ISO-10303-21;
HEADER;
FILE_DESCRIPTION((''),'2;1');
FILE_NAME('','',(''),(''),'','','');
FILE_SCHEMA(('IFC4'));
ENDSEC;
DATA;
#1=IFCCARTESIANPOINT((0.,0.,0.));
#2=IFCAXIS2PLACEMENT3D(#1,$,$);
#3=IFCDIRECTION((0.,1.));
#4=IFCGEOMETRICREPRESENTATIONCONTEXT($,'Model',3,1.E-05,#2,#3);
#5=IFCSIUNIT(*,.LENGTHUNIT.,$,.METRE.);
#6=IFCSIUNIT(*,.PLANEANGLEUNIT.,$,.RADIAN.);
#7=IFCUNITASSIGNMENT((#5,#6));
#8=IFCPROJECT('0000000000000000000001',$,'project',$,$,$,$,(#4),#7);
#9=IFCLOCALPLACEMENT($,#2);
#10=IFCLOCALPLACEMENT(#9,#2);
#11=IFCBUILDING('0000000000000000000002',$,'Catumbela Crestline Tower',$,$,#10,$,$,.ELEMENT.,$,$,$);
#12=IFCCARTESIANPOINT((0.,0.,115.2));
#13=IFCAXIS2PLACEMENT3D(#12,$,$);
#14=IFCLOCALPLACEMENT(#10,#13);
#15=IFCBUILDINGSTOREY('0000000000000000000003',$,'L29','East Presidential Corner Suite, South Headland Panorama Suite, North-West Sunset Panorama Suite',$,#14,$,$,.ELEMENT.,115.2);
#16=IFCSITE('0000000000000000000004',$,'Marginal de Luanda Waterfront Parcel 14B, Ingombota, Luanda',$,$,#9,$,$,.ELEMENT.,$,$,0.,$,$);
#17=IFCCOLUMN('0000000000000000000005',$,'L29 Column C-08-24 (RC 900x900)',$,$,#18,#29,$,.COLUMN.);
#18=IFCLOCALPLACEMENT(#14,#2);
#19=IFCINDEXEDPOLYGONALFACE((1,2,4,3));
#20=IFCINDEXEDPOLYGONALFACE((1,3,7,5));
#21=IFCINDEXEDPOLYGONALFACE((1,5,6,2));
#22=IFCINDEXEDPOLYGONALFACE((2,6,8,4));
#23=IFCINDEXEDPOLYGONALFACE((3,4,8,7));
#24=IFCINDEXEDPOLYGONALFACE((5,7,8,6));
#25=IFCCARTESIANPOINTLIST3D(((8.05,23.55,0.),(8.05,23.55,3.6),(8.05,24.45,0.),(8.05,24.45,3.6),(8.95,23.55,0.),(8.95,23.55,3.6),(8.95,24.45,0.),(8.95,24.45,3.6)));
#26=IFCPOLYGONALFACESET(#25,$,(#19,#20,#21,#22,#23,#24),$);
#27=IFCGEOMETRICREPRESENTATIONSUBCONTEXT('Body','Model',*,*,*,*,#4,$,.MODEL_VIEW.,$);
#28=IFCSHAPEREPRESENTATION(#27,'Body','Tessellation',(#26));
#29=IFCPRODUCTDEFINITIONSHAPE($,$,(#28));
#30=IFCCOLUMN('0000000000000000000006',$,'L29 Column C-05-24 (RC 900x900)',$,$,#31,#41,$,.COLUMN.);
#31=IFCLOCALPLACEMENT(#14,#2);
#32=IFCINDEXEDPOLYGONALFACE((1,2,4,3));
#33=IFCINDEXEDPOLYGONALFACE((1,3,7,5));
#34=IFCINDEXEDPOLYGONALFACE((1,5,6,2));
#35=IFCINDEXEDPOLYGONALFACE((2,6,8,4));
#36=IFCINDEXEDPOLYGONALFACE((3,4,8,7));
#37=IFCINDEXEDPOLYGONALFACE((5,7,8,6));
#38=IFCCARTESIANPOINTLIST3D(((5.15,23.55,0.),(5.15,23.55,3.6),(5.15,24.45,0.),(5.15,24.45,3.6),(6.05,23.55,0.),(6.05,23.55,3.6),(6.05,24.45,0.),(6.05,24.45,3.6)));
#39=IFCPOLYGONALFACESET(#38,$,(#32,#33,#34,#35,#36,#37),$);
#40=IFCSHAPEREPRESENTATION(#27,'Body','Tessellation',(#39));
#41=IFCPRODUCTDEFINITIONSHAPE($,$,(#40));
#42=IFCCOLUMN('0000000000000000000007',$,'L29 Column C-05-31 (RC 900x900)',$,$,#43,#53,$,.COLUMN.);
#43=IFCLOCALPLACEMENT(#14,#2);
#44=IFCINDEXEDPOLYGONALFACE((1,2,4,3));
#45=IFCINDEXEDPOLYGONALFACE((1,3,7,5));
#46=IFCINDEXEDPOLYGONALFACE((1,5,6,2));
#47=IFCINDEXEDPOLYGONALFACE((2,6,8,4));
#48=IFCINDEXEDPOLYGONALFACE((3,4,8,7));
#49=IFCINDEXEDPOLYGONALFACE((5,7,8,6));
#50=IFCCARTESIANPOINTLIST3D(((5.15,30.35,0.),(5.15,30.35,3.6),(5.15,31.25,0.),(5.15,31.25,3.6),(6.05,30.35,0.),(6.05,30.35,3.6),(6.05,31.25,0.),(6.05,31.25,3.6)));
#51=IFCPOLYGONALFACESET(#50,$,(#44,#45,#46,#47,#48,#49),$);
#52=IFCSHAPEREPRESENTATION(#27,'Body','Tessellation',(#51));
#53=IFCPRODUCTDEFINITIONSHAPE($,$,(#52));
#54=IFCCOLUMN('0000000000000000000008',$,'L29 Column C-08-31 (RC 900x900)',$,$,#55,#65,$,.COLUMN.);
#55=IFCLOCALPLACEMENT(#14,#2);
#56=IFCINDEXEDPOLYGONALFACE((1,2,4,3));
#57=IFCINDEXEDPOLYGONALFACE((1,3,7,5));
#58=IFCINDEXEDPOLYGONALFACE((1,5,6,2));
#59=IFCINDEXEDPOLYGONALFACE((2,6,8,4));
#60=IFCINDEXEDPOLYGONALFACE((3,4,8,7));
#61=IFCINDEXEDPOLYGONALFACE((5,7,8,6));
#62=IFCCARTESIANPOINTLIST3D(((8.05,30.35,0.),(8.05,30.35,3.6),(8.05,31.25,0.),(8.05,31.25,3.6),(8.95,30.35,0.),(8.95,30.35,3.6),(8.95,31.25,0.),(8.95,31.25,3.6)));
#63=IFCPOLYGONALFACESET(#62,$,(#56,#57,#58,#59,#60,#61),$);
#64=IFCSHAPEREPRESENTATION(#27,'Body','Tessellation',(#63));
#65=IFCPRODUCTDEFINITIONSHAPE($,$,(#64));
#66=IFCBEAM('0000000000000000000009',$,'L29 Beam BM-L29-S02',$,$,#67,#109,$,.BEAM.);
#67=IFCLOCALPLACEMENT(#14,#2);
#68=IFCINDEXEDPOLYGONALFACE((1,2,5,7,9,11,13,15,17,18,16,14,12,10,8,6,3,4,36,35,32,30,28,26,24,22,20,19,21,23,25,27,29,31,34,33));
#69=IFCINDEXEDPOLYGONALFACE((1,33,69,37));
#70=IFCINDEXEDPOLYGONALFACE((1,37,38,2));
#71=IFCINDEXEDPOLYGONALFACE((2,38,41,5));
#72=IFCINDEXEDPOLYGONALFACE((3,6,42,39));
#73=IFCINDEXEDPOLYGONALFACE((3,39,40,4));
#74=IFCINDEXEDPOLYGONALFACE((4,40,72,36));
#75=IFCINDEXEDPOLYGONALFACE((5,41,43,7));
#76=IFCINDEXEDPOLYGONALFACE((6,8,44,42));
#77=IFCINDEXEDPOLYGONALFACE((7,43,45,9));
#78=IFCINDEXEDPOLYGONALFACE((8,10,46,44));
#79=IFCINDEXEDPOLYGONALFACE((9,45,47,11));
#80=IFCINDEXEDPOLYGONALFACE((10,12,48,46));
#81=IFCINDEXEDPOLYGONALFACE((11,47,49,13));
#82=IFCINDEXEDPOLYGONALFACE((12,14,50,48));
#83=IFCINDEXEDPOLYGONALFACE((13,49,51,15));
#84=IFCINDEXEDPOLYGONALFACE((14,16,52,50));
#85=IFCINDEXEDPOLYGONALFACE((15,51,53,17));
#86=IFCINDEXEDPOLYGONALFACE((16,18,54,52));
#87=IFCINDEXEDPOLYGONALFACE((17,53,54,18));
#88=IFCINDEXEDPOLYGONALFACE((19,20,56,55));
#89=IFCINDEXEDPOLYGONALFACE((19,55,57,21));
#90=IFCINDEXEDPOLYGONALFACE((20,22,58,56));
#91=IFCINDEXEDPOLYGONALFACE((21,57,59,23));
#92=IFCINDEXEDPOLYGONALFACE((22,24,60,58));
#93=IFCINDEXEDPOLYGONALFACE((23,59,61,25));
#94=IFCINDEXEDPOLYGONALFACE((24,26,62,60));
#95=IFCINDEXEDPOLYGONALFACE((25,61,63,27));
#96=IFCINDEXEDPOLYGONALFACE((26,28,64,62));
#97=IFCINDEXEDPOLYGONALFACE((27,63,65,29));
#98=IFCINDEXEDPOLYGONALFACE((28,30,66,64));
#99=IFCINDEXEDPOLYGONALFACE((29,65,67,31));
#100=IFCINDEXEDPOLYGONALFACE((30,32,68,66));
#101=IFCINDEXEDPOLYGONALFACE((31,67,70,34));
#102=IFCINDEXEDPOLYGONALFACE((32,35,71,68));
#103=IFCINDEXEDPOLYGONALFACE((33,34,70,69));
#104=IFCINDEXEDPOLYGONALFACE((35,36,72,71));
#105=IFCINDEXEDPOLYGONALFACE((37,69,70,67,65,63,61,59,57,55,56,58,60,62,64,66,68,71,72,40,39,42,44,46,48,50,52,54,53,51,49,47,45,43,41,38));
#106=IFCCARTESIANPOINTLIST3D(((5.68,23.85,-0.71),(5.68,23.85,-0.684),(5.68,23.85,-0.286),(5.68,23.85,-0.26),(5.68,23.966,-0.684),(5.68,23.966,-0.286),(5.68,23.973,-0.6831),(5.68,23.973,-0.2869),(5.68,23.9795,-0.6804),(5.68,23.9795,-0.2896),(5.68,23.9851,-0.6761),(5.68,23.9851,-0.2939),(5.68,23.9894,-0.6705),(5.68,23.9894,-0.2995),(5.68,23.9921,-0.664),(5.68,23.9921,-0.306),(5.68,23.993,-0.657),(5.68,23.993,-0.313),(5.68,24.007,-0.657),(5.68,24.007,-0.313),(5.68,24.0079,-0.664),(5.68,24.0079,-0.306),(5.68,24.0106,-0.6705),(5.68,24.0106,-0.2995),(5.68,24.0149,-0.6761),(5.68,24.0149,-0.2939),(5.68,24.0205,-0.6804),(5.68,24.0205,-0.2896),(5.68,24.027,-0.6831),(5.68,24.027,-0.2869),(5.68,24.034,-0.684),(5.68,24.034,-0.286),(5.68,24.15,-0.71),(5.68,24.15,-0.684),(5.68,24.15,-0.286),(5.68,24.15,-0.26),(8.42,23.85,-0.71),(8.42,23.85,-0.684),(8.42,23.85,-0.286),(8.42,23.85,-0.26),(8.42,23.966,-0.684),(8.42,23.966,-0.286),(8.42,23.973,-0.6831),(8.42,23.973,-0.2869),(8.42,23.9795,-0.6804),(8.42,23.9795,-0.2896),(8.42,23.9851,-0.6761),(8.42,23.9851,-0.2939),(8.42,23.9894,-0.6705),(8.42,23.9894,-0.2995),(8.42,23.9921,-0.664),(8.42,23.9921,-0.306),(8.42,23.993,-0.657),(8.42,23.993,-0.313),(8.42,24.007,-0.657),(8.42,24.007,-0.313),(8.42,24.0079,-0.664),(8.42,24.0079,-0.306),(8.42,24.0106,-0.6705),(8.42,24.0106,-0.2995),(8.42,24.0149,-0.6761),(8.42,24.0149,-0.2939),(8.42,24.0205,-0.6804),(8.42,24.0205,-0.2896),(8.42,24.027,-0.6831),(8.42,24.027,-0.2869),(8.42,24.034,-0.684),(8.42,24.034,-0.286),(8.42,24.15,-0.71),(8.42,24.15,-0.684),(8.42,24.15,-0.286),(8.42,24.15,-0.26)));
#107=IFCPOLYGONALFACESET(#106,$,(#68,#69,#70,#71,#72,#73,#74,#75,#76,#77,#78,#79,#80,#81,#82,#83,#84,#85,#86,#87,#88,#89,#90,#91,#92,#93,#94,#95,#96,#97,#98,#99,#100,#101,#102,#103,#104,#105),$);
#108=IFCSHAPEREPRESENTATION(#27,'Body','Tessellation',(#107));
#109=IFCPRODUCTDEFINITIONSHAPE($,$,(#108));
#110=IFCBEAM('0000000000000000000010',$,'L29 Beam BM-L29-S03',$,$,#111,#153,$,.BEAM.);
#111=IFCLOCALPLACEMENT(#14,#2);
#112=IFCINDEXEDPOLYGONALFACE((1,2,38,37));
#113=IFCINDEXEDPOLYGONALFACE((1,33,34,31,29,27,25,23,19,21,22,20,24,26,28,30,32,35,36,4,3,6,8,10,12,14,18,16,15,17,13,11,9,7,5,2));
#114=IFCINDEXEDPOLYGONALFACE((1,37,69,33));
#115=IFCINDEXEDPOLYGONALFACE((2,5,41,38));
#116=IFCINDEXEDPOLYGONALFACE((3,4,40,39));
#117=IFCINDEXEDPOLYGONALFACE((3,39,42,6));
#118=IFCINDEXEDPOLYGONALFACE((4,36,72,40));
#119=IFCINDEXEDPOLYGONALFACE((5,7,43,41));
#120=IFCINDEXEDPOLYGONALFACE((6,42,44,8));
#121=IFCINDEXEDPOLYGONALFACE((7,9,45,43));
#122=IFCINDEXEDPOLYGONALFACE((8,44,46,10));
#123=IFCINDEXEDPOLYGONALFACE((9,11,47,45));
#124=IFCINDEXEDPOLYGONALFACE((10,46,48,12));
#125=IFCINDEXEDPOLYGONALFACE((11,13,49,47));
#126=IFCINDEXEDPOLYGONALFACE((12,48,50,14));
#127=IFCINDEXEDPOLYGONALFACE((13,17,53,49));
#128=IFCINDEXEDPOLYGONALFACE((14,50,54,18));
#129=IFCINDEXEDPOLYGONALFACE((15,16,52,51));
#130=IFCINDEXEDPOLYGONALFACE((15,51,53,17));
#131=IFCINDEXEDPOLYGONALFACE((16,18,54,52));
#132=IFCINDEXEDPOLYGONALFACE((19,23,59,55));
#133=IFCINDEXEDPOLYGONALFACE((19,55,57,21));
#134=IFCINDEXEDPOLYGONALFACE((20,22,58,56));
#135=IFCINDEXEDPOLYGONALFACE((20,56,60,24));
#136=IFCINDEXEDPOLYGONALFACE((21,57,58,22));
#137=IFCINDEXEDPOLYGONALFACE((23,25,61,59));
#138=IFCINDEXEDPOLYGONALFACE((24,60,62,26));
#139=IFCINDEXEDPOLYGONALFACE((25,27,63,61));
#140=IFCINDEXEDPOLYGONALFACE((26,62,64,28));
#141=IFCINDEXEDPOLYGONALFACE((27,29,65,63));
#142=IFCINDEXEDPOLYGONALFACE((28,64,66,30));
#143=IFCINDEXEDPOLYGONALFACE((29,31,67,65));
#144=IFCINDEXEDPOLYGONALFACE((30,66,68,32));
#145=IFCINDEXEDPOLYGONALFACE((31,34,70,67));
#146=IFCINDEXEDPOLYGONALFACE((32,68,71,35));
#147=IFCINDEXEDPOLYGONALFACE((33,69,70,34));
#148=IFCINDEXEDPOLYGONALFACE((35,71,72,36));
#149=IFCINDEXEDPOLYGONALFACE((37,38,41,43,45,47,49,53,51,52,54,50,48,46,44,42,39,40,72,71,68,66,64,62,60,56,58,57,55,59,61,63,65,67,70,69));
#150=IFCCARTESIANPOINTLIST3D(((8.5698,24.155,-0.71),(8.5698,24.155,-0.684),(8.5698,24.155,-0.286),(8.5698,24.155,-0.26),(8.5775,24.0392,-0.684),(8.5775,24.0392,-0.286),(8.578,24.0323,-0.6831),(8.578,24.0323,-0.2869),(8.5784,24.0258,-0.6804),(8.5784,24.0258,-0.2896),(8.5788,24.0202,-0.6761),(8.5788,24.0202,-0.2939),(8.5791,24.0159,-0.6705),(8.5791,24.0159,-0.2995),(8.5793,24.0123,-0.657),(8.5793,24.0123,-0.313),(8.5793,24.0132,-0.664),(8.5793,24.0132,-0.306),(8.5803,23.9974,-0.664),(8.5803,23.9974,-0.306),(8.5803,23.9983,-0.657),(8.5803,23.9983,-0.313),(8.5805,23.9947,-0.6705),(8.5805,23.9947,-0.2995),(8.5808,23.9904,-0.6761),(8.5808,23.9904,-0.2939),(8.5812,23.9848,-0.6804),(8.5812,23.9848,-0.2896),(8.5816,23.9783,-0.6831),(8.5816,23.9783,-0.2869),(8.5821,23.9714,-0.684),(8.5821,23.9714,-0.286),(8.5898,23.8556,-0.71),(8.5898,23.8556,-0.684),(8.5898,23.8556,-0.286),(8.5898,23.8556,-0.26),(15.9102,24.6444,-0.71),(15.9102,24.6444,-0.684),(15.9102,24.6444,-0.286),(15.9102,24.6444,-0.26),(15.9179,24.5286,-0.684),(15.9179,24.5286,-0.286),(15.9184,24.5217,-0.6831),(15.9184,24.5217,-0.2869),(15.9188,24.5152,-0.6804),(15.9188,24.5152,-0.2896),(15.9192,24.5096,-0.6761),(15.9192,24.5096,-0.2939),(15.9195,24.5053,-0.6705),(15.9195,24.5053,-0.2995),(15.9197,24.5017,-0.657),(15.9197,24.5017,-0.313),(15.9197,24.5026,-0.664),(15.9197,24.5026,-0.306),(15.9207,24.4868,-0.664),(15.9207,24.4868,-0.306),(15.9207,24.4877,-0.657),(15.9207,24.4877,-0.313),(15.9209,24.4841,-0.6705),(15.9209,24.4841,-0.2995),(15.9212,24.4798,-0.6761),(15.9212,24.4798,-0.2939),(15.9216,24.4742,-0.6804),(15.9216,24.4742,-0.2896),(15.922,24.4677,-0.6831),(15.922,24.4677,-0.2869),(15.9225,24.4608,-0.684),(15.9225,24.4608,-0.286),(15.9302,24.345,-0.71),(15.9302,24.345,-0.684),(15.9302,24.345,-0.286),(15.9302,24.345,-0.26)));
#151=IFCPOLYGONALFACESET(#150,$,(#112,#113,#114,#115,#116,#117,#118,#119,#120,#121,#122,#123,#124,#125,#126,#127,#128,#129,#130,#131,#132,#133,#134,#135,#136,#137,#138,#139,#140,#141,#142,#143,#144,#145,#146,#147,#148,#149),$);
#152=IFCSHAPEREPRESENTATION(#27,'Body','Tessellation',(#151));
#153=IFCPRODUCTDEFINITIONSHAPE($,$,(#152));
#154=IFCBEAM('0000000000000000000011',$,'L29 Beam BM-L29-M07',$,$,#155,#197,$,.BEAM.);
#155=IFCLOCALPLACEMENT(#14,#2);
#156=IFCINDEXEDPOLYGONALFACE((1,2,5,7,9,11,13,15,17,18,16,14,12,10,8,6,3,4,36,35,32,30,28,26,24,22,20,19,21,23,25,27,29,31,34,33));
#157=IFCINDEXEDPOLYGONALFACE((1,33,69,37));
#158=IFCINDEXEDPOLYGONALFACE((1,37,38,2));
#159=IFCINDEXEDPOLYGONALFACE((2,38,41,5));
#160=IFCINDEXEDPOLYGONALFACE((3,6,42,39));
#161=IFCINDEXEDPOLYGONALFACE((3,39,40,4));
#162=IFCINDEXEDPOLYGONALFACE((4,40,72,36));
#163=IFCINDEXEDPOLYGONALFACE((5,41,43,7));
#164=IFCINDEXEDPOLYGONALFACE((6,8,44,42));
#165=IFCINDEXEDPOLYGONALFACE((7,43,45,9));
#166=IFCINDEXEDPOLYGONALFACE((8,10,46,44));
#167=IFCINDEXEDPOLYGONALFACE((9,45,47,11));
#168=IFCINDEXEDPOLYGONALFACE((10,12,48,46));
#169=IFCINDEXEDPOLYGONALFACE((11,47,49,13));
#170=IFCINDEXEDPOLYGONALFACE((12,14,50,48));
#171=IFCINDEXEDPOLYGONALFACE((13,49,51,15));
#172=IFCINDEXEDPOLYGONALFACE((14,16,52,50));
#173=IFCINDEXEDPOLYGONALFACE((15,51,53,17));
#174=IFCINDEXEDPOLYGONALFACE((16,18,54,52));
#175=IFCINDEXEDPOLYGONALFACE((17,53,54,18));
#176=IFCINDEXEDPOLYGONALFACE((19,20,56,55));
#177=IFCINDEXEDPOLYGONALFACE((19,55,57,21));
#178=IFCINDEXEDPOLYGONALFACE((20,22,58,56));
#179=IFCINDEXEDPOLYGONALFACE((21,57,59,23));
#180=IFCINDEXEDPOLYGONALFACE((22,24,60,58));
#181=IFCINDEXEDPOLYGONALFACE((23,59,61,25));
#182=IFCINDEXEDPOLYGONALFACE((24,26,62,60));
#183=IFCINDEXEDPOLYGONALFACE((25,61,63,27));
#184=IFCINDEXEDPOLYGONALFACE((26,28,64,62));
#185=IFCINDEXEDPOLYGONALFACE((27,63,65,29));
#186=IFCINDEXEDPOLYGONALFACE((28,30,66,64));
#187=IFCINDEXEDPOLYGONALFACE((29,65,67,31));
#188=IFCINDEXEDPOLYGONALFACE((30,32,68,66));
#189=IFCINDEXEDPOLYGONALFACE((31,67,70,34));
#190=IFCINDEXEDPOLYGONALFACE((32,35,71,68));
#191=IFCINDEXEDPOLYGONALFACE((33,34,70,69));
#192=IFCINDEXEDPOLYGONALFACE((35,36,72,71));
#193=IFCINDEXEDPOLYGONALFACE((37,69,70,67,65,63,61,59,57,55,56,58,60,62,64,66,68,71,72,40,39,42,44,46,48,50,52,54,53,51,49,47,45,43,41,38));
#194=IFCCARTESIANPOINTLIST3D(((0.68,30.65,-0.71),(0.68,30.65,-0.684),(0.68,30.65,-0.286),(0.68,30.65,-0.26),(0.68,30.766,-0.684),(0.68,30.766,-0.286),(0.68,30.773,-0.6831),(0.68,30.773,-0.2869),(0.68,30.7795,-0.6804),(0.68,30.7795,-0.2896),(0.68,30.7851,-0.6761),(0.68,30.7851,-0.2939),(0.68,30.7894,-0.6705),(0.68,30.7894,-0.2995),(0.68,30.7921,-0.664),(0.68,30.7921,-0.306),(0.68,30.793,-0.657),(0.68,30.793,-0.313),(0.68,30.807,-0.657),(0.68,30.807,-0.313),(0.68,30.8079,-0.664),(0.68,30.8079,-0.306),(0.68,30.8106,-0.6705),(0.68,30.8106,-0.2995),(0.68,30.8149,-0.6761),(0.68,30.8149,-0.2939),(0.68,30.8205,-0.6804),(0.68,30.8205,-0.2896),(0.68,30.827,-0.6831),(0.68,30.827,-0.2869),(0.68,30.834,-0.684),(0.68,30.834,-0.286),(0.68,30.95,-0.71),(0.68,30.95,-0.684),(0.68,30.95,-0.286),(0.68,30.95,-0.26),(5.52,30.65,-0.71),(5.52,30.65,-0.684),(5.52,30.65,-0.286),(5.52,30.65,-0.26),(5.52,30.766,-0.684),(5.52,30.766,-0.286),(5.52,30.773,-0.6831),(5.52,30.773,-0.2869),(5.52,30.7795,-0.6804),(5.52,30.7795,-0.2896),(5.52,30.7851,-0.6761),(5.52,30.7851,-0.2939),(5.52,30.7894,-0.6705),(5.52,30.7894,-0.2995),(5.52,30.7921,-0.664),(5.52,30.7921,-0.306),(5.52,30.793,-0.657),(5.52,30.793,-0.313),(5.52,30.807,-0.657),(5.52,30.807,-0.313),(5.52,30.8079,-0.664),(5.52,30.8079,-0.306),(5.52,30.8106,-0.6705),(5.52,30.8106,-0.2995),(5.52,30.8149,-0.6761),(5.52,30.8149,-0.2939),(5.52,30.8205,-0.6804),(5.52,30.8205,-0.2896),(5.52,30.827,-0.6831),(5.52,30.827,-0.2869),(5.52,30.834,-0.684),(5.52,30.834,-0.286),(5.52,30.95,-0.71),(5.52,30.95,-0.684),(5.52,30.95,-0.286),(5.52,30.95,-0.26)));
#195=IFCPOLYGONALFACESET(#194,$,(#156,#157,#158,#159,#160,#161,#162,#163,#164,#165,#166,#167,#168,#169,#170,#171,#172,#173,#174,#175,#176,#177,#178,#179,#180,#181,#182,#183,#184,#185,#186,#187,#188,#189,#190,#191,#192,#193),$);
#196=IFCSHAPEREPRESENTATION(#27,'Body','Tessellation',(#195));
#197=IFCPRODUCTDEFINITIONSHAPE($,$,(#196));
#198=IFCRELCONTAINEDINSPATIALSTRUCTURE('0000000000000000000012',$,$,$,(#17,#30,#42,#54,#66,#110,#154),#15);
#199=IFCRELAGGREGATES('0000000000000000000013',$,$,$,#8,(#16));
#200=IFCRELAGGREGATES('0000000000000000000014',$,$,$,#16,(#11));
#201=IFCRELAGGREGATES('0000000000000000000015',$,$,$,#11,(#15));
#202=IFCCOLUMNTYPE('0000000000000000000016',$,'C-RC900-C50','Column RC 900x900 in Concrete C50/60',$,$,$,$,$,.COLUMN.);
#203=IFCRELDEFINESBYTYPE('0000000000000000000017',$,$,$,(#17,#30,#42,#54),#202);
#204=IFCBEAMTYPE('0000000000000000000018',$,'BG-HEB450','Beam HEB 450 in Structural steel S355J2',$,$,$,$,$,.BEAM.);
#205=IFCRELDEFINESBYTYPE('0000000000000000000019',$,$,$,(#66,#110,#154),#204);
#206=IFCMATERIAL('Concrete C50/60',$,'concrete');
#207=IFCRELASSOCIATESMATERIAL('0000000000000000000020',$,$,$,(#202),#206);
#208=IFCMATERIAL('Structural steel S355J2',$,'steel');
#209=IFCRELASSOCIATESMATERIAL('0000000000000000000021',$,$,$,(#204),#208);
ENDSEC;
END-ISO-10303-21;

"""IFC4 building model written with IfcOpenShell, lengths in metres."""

from ifc_helpers import new_model, si_unit, direction, frame, origin, origin_2d, place, context, subcontext, project, spatial, rectangle, i_section, extrude, material, material_profile, profile_set, type_object, element, save


model = new_model("IFC4")

# Units and contexts
model_context = context("Model", 3, precision=1e-05, world=origin(), true_north=direction((0.0, 1.0)))
body_context = subcontext(model_context, "Body", "Model", "MODEL_VIEW")
ifc_project = project(units=[si_unit("LENGTHUNIT", "METRE"), si_unit("PLANEANGLEUNIT", "RADIAN")], contexts=[model_context])

# Site, building, storey
site_placement = place(None, origin())
site = spatial("IfcSite", under=ifc_project, at=site_placement, Name="Marginal de Luanda Waterfront Parcel 14B, Ingombota, Luanda", CompositionType="ELEMENT", RefElevation=0.0)
building_placement = place(site_placement, origin())
building = spatial("IfcBuilding", under=site, at=building_placement, Name="Catumbela Crestline Tower", CompositionType="ELEMENT")
storey_placement = place(building_placement, frame((0.0, 0.0, 115.2)))
storey = spatial("IfcBuildingStorey", under=building, at=storey_placement, Name="L29", Description="East Presidential Corner Suite, South Headland Panorama Suite, North-West Sunset Panorama Suite", CompositionType="ELEMENT", Elevation=115.2)

# Columns
ifc_material_1 = material(Name="Concrete C50/60", Category="concrete")
ifc_material_profile_1 = material_profile(ifc_material_1, rectangle(XDim=0.9, YDim=0.9, at=origin_2d()), Name="RC 900x900")
ifc_profile_set_1 = profile_set([ifc_material_profile_1], Name="Concrete C50/60")
column_type = type_object("IfcColumnType", Name="C-RC900-C50", Description="Column RC 900x900 in Concrete C50/60", PredefinedType="COLUMN", material=ifc_profile_set_1)
for number, where, z_axis, x_axis, name in (
    (1, (8.5, 24.0, 0.0), (0.0, 0.0, 1.0), (1.0, 0.0, 0.0), "L29 Column C-08-24 (RC 900x900)"),
    (2, (5.6, 24.0, 0.0), (0.0, 0.0, 1.0), (1.0, 0.0, 0.0), "L29 Column C-05-24 (RC 900x900)"),
    (3, (5.6, 30.8, 0.0), (0.0, 0.0, 1.0), (1.0, 0.0, 0.0), "L29 Column C-05-31 (RC 900x900)"),
    (4, (8.5, 30.8, 0.0), (0.0, 0.0, 1.0), (1.0, 0.0, 0.0), "L29 Column C-08-31 (RC 900x900)"),
):
    element("IfcColumn", number, at=place(storey_placement, frame(where, z_axis=z_axis, x_axis=x_axis)), inside=storey, type_object=column_type, Name=name, PredefinedType="COLUMN", context=body_context, shape_type="SweptSolid", body=[
        extrude(rectangle(XDim=0.9, YDim=0.9, at=origin_2d()), origin(), (0.0, 0.0, 1.0), 3.6),
    ])

# Beams
ifc_material_2 = material(Name="Structural steel S355J2", Category="steel")
ifc_material_profile_2 = material_profile(ifc_material_2, i_section(OverallWidth=0.3, OverallDepth=0.45, WebThickness=0.014, FlangeThickness=0.026, FilletRadius=0.027, at=origin_2d()), Name="HEB 450")
ifc_profile_set_2 = profile_set([ifc_material_profile_2], Name="Structural steel S355J2")
beam_type = type_object("IfcBeamType", Name="BG-HEB450", Description="Beam HEB 450 in Structural steel S355J2", PredefinedType="BEAM", material=ifc_profile_set_2)
beam_1_placement = place(storey_placement, frame((5.68, 24.0, -0.485), z_axis=(1.0, 0.0, 0.0), x_axis=(0.0, 1.0, 0.0)))
element("IfcBeam", 5, at=beam_1_placement, inside=storey, type_object=beam_type, Name="L29 Beam BM-L29-S02", PredefinedType="BEAM", context=body_context, shape_type="SweptSolid", body=[
    extrude(i_section(OverallWidth=0.3, OverallDepth=0.45, WebThickness=0.014, FlangeThickness=0.026, FilletRadius=0.027, at=origin_2d()), origin(), (0.0, 0.0, 1.0), 2.74),
])
beam_2_placement = place(storey_placement, frame((8.5798, 24.0053, -0.485), z_axis=(0.997785, 0.066524, 0.0), x_axis=(-0.066524, 0.997785, 0.0)))
element("IfcBeam", 6, at=beam_2_placement, inside=storey, type_object=beam_type, Name="L29 Beam BM-L29-S03", PredefinedType="BEAM", context=body_context, shape_type="SweptSolid", body=[
    extrude(i_section(OverallWidth=0.3, OverallDepth=0.45, WebThickness=0.014, FlangeThickness=0.026, FilletRadius=0.027, at=origin_2d()), origin(), (0.0, 0.0, 1.0), 7.3567),
])
beam_3_placement = place(storey_placement, frame((0.68, 30.8, -0.485), z_axis=(1.0, 0.0, 0.0), x_axis=(0.0, 1.0, 0.0)))
element("IfcBeam", 7, at=beam_3_placement, inside=storey, type_object=beam_type, Name="L29 Beam BM-L29-M07", PredefinedType="BEAM", context=body_context, shape_type="SweptSolid", body=[
    extrude(i_section(OverallWidth=0.3, OverallDepth=0.45, WebThickness=0.014, FlangeThickness=0.026, FilletRadius=0.027, at=origin_2d()), origin(), (0.0, 0.0, 1.0), 4.84),
])

save(model, "model.ifc")
